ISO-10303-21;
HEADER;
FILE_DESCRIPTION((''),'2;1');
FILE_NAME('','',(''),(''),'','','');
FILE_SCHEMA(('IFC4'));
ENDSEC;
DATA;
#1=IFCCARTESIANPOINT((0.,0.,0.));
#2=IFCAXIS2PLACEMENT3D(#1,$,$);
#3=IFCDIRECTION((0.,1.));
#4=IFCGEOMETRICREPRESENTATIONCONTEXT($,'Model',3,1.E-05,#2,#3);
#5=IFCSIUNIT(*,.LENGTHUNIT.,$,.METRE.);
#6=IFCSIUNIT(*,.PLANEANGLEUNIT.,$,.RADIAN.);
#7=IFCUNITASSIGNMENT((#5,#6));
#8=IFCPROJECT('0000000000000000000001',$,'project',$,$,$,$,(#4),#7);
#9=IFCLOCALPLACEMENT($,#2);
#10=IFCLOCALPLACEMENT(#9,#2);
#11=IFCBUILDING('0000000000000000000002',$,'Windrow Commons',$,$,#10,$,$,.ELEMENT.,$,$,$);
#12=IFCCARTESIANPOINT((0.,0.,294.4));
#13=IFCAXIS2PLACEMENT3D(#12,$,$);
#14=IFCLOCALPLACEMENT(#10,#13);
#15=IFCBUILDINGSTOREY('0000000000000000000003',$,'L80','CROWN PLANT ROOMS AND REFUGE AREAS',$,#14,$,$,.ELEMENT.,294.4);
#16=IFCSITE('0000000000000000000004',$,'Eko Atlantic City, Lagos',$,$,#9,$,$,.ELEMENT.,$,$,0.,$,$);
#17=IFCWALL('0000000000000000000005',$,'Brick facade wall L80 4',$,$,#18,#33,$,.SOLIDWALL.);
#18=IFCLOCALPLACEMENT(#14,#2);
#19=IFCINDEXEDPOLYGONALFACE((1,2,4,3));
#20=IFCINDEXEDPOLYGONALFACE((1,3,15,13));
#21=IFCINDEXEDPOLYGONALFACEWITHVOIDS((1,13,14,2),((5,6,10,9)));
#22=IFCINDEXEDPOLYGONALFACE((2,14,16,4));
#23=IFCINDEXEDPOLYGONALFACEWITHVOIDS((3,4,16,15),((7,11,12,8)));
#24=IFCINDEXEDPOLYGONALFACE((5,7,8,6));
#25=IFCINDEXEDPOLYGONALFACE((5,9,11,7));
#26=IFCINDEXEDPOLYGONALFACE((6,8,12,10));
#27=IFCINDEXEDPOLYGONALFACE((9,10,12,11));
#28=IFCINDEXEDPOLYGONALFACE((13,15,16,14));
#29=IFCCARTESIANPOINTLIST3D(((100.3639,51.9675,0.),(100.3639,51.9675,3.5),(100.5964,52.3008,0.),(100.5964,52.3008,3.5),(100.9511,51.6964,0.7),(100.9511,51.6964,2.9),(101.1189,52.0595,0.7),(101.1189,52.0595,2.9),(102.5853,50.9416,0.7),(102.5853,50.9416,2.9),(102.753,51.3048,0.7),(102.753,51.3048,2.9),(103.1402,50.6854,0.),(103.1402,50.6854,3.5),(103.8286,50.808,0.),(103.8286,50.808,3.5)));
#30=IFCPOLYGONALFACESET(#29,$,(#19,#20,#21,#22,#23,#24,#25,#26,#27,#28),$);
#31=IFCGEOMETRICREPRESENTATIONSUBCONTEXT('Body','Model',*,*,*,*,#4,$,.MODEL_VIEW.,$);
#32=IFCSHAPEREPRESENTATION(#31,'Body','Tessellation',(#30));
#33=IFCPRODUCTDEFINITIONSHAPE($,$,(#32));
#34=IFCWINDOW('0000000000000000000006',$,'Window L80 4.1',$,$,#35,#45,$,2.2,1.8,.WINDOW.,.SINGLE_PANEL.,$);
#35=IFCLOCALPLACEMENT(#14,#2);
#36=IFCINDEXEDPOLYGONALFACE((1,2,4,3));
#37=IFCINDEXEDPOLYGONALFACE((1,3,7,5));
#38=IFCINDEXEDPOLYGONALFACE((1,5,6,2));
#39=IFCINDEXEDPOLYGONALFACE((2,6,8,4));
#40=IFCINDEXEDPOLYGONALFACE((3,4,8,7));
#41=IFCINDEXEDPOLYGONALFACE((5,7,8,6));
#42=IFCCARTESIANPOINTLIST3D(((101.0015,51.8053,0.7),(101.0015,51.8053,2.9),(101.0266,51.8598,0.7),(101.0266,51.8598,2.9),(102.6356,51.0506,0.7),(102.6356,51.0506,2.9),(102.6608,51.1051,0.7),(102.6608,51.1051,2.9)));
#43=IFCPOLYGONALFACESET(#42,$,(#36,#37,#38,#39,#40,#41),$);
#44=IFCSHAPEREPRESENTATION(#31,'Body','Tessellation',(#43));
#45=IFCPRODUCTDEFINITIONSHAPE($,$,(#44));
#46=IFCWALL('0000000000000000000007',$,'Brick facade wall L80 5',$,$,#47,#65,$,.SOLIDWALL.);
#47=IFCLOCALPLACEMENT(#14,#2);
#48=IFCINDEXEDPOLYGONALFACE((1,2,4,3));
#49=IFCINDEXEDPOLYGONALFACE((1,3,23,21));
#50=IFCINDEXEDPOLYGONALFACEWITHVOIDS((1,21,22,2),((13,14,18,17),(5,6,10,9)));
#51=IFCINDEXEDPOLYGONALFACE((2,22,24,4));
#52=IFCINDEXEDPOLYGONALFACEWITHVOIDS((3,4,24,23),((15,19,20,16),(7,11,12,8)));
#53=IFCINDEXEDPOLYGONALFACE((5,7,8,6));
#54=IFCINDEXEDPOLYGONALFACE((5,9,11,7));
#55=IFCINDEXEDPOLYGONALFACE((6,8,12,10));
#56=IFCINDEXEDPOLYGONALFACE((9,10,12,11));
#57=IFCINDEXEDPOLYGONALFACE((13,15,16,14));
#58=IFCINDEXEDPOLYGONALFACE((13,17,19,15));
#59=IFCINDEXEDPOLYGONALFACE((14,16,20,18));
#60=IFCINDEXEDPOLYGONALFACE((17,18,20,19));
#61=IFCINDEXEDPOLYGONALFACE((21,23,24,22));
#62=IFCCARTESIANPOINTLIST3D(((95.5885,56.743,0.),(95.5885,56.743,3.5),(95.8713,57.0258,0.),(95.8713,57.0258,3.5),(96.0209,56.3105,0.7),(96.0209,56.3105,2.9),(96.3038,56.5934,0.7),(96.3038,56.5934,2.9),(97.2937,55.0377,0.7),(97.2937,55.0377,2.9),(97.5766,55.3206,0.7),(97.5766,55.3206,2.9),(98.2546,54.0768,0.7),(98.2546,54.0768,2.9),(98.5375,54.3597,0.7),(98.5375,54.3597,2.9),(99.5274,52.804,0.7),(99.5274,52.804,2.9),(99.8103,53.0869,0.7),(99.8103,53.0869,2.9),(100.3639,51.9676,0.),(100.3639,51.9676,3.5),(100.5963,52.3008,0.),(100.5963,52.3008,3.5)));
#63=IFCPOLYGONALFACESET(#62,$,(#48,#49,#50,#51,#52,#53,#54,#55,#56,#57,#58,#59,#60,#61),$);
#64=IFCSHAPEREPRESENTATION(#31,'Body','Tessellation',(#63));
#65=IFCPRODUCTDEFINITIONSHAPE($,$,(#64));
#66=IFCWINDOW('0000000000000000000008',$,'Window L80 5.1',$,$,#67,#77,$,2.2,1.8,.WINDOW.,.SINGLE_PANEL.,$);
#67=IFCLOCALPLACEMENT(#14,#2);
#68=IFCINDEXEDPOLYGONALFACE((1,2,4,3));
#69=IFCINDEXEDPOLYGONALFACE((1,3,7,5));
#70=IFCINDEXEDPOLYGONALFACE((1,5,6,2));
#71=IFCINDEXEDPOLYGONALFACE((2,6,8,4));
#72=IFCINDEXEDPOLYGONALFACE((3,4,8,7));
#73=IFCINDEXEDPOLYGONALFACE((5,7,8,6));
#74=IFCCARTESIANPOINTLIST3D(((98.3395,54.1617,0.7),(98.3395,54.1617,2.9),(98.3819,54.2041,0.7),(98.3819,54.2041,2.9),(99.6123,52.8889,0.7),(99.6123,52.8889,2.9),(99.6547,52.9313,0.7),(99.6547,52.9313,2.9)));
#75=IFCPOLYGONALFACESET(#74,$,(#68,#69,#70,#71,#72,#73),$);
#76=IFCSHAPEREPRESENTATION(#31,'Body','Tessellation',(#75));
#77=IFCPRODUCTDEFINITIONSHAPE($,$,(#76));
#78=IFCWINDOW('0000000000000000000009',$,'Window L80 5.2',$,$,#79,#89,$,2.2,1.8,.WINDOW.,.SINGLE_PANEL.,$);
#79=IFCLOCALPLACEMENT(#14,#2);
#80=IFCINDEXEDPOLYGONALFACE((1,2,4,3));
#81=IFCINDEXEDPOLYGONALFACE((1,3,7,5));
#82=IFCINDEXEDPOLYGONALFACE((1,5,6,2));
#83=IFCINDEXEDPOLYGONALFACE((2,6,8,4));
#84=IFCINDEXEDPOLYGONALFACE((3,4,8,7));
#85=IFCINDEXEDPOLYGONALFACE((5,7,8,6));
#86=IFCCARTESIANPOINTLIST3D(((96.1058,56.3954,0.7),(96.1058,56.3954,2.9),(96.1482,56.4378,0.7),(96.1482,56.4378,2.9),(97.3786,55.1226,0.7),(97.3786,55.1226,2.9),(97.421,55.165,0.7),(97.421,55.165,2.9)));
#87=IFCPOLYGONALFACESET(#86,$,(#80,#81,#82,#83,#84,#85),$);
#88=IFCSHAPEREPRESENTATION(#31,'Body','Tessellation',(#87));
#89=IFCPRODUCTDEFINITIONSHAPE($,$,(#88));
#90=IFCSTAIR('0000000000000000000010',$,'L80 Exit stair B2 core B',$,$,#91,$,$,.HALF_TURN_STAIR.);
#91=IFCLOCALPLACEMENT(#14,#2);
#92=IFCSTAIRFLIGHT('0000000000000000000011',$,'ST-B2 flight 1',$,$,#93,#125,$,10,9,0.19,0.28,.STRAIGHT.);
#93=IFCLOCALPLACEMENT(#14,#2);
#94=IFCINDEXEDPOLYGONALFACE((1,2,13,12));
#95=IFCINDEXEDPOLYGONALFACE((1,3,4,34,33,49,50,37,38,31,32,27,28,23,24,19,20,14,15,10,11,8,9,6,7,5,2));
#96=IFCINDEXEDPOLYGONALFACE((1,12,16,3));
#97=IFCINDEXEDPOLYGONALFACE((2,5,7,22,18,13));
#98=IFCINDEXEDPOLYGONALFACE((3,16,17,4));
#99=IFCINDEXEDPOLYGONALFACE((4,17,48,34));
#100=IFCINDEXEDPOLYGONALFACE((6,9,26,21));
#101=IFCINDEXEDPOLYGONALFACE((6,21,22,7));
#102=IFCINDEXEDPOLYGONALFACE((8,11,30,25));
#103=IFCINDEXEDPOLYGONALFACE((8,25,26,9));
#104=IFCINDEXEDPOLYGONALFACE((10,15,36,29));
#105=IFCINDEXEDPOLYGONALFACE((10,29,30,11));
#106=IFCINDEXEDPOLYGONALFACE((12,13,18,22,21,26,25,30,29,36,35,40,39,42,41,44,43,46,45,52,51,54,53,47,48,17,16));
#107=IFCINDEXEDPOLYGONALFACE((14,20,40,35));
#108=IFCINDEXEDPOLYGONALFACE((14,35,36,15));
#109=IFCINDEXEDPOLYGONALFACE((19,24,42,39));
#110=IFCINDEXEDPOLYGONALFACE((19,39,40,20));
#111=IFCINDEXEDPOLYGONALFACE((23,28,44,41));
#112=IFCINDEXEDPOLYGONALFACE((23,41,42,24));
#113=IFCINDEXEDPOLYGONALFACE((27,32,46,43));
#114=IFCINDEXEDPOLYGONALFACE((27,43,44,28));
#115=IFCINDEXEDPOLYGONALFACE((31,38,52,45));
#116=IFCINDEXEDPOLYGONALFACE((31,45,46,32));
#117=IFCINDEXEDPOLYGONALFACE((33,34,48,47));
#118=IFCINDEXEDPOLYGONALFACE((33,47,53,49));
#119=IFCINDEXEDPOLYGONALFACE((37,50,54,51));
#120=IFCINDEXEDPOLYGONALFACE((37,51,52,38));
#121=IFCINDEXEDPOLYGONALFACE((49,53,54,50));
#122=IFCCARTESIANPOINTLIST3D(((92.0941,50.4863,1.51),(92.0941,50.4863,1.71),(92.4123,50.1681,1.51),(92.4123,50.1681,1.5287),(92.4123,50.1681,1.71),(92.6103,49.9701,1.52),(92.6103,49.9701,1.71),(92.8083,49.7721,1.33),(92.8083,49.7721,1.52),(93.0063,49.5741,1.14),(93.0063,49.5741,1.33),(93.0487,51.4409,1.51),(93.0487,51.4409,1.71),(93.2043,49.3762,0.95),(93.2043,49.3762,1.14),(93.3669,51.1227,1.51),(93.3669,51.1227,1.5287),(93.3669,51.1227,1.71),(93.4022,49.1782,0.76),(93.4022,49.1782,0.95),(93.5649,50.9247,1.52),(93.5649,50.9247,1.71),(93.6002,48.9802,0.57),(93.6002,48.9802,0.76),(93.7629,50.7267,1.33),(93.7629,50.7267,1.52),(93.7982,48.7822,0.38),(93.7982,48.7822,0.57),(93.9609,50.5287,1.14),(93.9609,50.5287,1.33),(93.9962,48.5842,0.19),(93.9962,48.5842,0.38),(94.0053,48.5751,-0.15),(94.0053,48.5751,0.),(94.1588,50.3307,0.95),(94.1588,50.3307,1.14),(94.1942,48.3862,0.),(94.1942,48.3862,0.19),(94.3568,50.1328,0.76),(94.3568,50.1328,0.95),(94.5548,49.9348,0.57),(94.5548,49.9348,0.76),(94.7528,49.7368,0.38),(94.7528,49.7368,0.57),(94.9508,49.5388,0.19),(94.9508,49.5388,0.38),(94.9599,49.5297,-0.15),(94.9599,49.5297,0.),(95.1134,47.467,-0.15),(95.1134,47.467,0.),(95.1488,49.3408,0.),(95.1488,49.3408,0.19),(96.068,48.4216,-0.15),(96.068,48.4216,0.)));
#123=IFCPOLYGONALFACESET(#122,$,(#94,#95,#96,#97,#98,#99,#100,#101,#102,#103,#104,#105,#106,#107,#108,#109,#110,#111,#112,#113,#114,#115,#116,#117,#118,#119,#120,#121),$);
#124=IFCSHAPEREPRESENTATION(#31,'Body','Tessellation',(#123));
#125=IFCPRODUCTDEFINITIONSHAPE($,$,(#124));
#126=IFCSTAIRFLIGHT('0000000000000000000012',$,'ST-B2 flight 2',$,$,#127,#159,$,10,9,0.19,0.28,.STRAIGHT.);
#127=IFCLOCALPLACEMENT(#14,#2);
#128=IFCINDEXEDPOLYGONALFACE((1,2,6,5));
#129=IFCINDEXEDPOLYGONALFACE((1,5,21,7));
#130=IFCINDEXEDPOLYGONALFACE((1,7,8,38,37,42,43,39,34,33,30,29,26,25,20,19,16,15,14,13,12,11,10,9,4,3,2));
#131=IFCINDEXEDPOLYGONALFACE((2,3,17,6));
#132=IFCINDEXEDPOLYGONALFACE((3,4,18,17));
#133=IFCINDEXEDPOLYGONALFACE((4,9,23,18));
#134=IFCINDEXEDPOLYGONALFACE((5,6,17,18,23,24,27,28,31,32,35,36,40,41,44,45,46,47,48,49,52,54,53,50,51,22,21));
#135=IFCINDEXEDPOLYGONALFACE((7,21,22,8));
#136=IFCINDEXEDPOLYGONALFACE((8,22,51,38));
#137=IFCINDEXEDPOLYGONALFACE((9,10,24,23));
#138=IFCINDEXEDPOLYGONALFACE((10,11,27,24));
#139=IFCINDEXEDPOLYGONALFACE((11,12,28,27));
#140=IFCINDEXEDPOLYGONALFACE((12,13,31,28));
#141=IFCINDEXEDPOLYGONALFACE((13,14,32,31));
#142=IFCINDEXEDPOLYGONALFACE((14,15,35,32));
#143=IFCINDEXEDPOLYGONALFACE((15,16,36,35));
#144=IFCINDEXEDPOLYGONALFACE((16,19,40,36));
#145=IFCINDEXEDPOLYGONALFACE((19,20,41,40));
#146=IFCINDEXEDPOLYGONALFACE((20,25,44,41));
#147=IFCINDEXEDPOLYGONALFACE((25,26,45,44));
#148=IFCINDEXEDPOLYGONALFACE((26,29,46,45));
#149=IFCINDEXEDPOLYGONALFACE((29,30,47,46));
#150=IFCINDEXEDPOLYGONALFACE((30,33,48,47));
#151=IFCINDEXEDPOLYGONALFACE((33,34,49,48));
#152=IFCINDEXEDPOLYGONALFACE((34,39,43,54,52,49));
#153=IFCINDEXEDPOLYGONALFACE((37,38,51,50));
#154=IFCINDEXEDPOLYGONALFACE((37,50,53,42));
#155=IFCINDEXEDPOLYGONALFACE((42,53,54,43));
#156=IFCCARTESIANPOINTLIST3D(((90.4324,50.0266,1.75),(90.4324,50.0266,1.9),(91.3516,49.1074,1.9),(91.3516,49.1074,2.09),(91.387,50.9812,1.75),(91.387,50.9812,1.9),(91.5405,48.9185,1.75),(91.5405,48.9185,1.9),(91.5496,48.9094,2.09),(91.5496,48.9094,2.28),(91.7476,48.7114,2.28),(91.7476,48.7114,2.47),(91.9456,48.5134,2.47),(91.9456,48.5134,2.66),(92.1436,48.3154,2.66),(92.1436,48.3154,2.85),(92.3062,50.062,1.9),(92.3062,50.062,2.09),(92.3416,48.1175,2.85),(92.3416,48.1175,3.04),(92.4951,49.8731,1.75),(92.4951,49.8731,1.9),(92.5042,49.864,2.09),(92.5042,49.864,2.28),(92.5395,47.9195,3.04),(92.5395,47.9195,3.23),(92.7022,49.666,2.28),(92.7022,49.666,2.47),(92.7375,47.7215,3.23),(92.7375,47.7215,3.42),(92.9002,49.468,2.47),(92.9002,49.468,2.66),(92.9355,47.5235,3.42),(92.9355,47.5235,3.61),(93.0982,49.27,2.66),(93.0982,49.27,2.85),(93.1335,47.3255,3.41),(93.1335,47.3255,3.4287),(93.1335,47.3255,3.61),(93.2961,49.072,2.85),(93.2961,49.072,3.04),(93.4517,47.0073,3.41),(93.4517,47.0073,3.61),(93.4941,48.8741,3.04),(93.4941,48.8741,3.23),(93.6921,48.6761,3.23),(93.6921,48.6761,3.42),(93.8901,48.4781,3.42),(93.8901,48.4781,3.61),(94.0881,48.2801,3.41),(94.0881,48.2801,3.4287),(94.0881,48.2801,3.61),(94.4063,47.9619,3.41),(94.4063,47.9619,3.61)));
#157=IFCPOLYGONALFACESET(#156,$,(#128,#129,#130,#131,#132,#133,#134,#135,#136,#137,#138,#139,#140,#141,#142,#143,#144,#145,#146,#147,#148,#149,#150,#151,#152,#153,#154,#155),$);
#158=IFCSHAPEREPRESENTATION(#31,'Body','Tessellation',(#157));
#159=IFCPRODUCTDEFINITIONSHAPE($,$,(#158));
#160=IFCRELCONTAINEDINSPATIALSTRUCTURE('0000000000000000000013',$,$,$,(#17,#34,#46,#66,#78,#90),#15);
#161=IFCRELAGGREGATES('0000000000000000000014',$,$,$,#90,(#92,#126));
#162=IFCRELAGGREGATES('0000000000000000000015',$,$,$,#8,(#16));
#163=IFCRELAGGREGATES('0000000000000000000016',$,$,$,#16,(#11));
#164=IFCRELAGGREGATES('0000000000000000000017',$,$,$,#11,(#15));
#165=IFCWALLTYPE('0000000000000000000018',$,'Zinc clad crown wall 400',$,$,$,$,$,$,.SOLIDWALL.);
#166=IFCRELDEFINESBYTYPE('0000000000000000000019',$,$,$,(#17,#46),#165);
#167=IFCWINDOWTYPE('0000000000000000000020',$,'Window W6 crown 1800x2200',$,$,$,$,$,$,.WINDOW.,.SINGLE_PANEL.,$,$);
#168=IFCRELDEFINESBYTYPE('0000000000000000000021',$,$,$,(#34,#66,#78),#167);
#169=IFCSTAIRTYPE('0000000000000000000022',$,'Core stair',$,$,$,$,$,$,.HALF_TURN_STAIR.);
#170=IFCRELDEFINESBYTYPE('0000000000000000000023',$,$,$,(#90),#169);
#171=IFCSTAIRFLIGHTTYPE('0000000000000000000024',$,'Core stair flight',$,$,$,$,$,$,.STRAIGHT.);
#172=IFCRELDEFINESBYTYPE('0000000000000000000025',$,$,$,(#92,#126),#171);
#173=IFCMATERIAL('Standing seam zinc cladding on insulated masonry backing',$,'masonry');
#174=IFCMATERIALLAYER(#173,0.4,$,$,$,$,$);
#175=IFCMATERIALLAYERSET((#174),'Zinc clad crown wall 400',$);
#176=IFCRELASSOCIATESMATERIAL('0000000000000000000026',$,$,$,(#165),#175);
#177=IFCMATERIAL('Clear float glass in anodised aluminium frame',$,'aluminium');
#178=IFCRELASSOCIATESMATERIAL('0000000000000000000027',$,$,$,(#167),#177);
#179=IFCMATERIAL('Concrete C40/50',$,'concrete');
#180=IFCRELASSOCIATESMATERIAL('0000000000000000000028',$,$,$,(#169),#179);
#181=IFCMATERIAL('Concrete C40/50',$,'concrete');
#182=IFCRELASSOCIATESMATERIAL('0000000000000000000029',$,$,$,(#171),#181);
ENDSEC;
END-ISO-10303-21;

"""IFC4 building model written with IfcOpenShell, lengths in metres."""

from ifc_helpers import new_model, si_unit, direction, frame, frame_2d, origin, place, context, subcontext, project, spatial, polyline, rectangle, outline, extrude, material, layer, layer_set, type_object, element, fill, aggregate, save


model = new_model("IFC4")

# Units and contexts
model_context = context("Model", 3, precision=1e-05, world=origin(), true_north=direction((0.0, 1.0)))
body_context = subcontext(model_context, "Body", "Model", "MODEL_VIEW")
ifc_project = project(units=[si_unit("LENGTHUNIT", "METRE"), si_unit("PLANEANGLEUNIT", "RADIAN")], contexts=[model_context])

# Site, building, storey
site_placement = place(None, origin())
site = spatial("IfcSite", under=ifc_project, at=site_placement, Name="Eko Atlantic City, Lagos", CompositionType="ELEMENT", RefElevation=0.0)
building_placement = place(site_placement, origin())
building = spatial("IfcBuilding", under=site, at=building_placement, Name="Windrow Commons", CompositionType="ELEMENT")
storey_placement = place(building_placement, frame((0.0, 0.0, 294.4)))
storey = spatial("IfcBuildingStorey", under=building, at=storey_placement, Name="L80", Description="CROWN PLANT ROOMS AND REFUGE AREAS", CompositionType="ELEMENT", Elevation=294.4)

# Wall, opening, window
ifc_material_1 = material(Name="Standing seam zinc cladding on insulated masonry backing", Category="masonry")
ifc_layer_1 = layer(ifc_material_1, 0.4)
ifc_layer_set_1 = layer_set([ifc_layer_1], Name="Zinc clad crown wall 400")
wall_type_1 = type_object("IfcWallType", Name="Zinc clad crown wall 400", PredefinedType="SOLIDWALL", material=ifc_layer_set_1)
ifc_material_2 = material(Name="Clear float glass in anodised aluminium frame", Category="aluminium")
window_type = type_object("IfcWindowType", Name="Window W6 crown 1800x2200", PartitioningType="SINGLE_PANEL", PredefinedType="WINDOW", material=ifc_material_2)
wall_1_placement = place(storey_placement, frame((103.4844, 50.7467, 0.0), z_axis=(0.0, 0.0, 1.0), x_axis=(-0.907856, 0.419282, 0.0)))
wall_1 = element("IfcWall", 1, at=wall_1_placement, inside=storey, type_object=wall_type_1, Name="Brick facade wall L80 4", PredefinedType="SOLIDWALL", context=body_context, shape_type="SweptSolid", body=[
    extrude(outline(polyline([(-0.2868, -0.2), (3.2735, -0.2), (3.3448, 0.2), (0.2868, 0.2), (-0.2868, -0.2)])), origin(), (0.0, 0.0, 1.0), 3.5),
])
opening_1_placement = place(wall_1_placement, frame((0.898, 0.0, 0.7)))
opening_1 = element("IfcOpeningElement", 2, at=opening_1_placement, cuts=wall_1, PredefinedType="OPENING", context=body_context, shape_type="SweptSolid", body=[
    extrude(rectangle(XDim=1.8, YDim=2.2, at=frame_2d((0.9, 1.1))), frame((0.0, 0.21, 0.0), z_axis=(0.0, -1.0, 0.0), x_axis=(1.0, 0.0, 0.0)), (0.0, 0.0, 1.0), 0.42),
])
window_1_placement = place(opening_1_placement, origin())
window_1 = element("IfcWindow", 3, at=window_1_placement, inside=storey, type_object=window_type, Name="Window L80 4.1", OverallHeight=2.2, OverallWidth=1.8, PartitioningType="SINGLE_PANEL", PredefinedType="WINDOW", context=body_context, shape_type="SweptSolid", body=[
    extrude(rectangle(XDim=1.8, YDim=2.2, at=frame_2d((0.9, 1.1))), frame((0.0, 0.08, 0.0), z_axis=(0.0, -1.0, 0.0), x_axis=(1.0, 0.0, 0.0)), (0.0, 0.0, 1.0), 0.06),
])
fill(opening_1, window_1)

# Wall, openings, windows
wall_2_placement = place(storey_placement, frame((100.4801, 52.1342, 0.0), z_axis=(0.0, 0.0, 1.0), x_axis=(-0.707107, 0.707107, 0.0)))
wall_2 = element("IfcWall", 4, at=wall_2_placement, inside=storey, type_object=wall_type_1, Name="Brick facade wall L80 5", PredefinedType="SOLIDWALL", context=body_context, shape_type="SweptSolid", body=[
    extrude(outline(polyline([(0.0356, -0.2), (6.7178, -0.2), (6.7178, 0.2), (-0.0356, 0.2), (0.0356, -0.2)])), origin(), (0.0, 0.0, 1.0), 3.5),
])
opening_2_placement = place(wall_2_placement, frame((1.1473, 0.0, 0.7)))
opening_2 = element("IfcOpeningElement", 5, at=opening_2_placement, cuts=wall_2, PredefinedType="OPENING", context=body_context, shape_type="SweptSolid", body=[
    extrude(rectangle(XDim=1.8, YDim=2.2, at=frame_2d((0.9, 1.1))), frame((0.0, 0.21, 0.0), z_axis=(0.0, -1.0, 0.0), x_axis=(1.0, 0.0, 0.0)), (0.0, 0.0, 1.0), 0.42),
])
opening_3_placement = place(wall_2_placement, frame((4.3062, 0.0, 0.7)))
opening_3 = element("IfcOpeningElement", 6, at=opening_3_placement, cuts=wall_2, PredefinedType="OPENING", context=body_context, shape_type="SweptSolid", body=[
    extrude(rectangle(XDim=1.8, YDim=2.2, at=frame_2d((0.9, 1.1))), frame((0.0, 0.21, 0.0), z_axis=(0.0, -1.0, 0.0), x_axis=(1.0, 0.0, 0.0)), (0.0, 0.0, 1.0), 0.42),
])
window_2_placement = place(opening_2_placement, origin())
window_2 = element("IfcWindow", 7, at=window_2_placement, inside=storey, type_object=window_type, Name="Window L80 5.1", OverallHeight=2.2, OverallWidth=1.8, PartitioningType="SINGLE_PANEL", PredefinedType="WINDOW", context=body_context, shape_type="SweptSolid", body=[
    extrude(rectangle(XDim=1.8, YDim=2.2, at=frame_2d((0.9, 1.1))), frame((0.0, 0.08, 0.0), z_axis=(0.0, -1.0, 0.0), x_axis=(1.0, 0.0, 0.0)), (0.0, 0.0, 1.0), 0.06),
])
fill(opening_2, window_2)
window_3_placement = place(opening_3_placement, origin())
window_3 = element("IfcWindow", 8, at=window_3_placement, inside=storey, type_object=window_type, Name="Window L80 5.2", OverallHeight=2.2, OverallWidth=1.8, PartitioningType="SINGLE_PANEL", PredefinedType="WINDOW", context=body_context, shape_type="SweptSolid", body=[
    extrude(rectangle(XDim=1.8, YDim=2.2, at=frame_2d((0.9, 1.1))), frame((0.0, 0.08, 0.0), z_axis=(0.0, -1.0, 0.0), x_axis=(1.0, 0.0, 0.0)), (0.0, 0.0, 1.0), 0.06),
])
fill(opening_3, window_3)

# Stair, stair flights
ifc_material_3 = material(Name="Concrete C40/50", Category="concrete")
stair_type = type_object("IfcStairType", Name="Core stair", PredefinedType="HALF_TURN_STAIR", material=ifc_material_3)
stair_placement = place(storey_placement, origin())
stair = element("IfcStair", 9, at=stair_placement, inside=storey, type_object=stair_type, Name="L80 Exit stair B2 core B", PredefinedType="HALF_TURN_STAIR")
ifc_material_4 = material(Name="Concrete C40/50", Category="concrete")
stair_flight_type = type_object("IfcStairFlightType", Name="Core stair flight", PredefinedType="STRAIGHT", material=ifc_material_4)
stair_flight_1_placement = place(storey_placement, frame((94.6715, 48.8635, 0.0), z_axis=(0.0, 0.0, 1.0), x_axis=(-0.707107, 0.707107, 0.0)))
stair_flight_1 = element("IfcStairFlight", 10, at=stair_flight_1_placement, type_object=stair_flight_type, Name="ST-B2 flight 1", NumberOfRisers=10, NumberOfTreads=9, PredefinedType="STRAIGHT", RiserHeight=0.19, TreadLength=0.28, context=body_context, shape_type="SweptSolid", body=[
    extrude(outline(polyline([(-1.3, -0.15), (-1.3, 0.0), (0.0, 0.0), (0.0, 0.19), (0.28, 0.19), (0.28, 0.38), (0.56, 0.38), (0.56, 0.57), (0.84, 0.57), (0.84, 0.76), (1.12, 0.76), (1.12, 0.95), (1.4, 0.95), (1.4, 1.14), (1.68, 1.14), (1.68, 1.33), (1.96, 1.33), (1.96, 1.52), (2.24, 1.52), (2.24, 1.71), (2.52, 1.71), (2.97, 1.71), (2.97, 1.51), (2.52, 1.51), (2.52, 1.5287), (0.2671, 0.0), (0.2671, -0.15), (-1.3, -0.15)])), frame((0.0, 0.675, 0.0), z_axis=(0.0, -1.0, 0.0), x_axis=(1.0, 0.0, 0.0)), (0.0, 0.0, 1.0), 1.35),
])
stair_flight_2_placement = place(storey_placement, frame((91.8289, 49.5847, 1.9), z_axis=(0.0, 0.0, 1.0), x_axis=(0.707107, -0.707107, 0.0)))
stair_flight_2 = element("IfcStairFlight", 11, at=stair_flight_2_placement, type_object=stair_flight_type, Name="ST-B2 flight 2", NumberOfRisers=10, NumberOfTreads=9, PredefinedType="STRAIGHT", RiserHeight=0.19, TreadLength=0.28, context=body_context, shape_type="SweptSolid", body=[
    extrude(outline(polyline([(-1.3, -0.15), (-1.3, 0.0), (0.0, 0.0), (0.0, 0.19), (0.28, 0.19), (0.28, 0.38), (0.56, 0.38), (0.56, 0.57), (0.84, 0.57), (0.84, 0.76), (1.12, 0.76), (1.12, 0.95), (1.4, 0.95), (1.4, 1.14), (1.68, 1.14), (1.68, 1.33), (1.96, 1.33), (1.96, 1.52), (2.24, 1.52), (2.24, 1.71), (2.52, 1.71), (2.97, 1.71), (2.97, 1.51), (2.52, 1.51), (2.52, 1.5287), (0.2671, 0.0), (0.2671, -0.15), (-1.3, -0.15)])), frame((0.0, 0.675, 0.0), z_axis=(0.0, -1.0, 0.0), x_axis=(1.0, 0.0, 0.0)), (0.0, 0.0, 1.0), 1.35),
])
aggregate(stair, [stair_flight_1, stair_flight_2])

save(model, "model.ifc")
